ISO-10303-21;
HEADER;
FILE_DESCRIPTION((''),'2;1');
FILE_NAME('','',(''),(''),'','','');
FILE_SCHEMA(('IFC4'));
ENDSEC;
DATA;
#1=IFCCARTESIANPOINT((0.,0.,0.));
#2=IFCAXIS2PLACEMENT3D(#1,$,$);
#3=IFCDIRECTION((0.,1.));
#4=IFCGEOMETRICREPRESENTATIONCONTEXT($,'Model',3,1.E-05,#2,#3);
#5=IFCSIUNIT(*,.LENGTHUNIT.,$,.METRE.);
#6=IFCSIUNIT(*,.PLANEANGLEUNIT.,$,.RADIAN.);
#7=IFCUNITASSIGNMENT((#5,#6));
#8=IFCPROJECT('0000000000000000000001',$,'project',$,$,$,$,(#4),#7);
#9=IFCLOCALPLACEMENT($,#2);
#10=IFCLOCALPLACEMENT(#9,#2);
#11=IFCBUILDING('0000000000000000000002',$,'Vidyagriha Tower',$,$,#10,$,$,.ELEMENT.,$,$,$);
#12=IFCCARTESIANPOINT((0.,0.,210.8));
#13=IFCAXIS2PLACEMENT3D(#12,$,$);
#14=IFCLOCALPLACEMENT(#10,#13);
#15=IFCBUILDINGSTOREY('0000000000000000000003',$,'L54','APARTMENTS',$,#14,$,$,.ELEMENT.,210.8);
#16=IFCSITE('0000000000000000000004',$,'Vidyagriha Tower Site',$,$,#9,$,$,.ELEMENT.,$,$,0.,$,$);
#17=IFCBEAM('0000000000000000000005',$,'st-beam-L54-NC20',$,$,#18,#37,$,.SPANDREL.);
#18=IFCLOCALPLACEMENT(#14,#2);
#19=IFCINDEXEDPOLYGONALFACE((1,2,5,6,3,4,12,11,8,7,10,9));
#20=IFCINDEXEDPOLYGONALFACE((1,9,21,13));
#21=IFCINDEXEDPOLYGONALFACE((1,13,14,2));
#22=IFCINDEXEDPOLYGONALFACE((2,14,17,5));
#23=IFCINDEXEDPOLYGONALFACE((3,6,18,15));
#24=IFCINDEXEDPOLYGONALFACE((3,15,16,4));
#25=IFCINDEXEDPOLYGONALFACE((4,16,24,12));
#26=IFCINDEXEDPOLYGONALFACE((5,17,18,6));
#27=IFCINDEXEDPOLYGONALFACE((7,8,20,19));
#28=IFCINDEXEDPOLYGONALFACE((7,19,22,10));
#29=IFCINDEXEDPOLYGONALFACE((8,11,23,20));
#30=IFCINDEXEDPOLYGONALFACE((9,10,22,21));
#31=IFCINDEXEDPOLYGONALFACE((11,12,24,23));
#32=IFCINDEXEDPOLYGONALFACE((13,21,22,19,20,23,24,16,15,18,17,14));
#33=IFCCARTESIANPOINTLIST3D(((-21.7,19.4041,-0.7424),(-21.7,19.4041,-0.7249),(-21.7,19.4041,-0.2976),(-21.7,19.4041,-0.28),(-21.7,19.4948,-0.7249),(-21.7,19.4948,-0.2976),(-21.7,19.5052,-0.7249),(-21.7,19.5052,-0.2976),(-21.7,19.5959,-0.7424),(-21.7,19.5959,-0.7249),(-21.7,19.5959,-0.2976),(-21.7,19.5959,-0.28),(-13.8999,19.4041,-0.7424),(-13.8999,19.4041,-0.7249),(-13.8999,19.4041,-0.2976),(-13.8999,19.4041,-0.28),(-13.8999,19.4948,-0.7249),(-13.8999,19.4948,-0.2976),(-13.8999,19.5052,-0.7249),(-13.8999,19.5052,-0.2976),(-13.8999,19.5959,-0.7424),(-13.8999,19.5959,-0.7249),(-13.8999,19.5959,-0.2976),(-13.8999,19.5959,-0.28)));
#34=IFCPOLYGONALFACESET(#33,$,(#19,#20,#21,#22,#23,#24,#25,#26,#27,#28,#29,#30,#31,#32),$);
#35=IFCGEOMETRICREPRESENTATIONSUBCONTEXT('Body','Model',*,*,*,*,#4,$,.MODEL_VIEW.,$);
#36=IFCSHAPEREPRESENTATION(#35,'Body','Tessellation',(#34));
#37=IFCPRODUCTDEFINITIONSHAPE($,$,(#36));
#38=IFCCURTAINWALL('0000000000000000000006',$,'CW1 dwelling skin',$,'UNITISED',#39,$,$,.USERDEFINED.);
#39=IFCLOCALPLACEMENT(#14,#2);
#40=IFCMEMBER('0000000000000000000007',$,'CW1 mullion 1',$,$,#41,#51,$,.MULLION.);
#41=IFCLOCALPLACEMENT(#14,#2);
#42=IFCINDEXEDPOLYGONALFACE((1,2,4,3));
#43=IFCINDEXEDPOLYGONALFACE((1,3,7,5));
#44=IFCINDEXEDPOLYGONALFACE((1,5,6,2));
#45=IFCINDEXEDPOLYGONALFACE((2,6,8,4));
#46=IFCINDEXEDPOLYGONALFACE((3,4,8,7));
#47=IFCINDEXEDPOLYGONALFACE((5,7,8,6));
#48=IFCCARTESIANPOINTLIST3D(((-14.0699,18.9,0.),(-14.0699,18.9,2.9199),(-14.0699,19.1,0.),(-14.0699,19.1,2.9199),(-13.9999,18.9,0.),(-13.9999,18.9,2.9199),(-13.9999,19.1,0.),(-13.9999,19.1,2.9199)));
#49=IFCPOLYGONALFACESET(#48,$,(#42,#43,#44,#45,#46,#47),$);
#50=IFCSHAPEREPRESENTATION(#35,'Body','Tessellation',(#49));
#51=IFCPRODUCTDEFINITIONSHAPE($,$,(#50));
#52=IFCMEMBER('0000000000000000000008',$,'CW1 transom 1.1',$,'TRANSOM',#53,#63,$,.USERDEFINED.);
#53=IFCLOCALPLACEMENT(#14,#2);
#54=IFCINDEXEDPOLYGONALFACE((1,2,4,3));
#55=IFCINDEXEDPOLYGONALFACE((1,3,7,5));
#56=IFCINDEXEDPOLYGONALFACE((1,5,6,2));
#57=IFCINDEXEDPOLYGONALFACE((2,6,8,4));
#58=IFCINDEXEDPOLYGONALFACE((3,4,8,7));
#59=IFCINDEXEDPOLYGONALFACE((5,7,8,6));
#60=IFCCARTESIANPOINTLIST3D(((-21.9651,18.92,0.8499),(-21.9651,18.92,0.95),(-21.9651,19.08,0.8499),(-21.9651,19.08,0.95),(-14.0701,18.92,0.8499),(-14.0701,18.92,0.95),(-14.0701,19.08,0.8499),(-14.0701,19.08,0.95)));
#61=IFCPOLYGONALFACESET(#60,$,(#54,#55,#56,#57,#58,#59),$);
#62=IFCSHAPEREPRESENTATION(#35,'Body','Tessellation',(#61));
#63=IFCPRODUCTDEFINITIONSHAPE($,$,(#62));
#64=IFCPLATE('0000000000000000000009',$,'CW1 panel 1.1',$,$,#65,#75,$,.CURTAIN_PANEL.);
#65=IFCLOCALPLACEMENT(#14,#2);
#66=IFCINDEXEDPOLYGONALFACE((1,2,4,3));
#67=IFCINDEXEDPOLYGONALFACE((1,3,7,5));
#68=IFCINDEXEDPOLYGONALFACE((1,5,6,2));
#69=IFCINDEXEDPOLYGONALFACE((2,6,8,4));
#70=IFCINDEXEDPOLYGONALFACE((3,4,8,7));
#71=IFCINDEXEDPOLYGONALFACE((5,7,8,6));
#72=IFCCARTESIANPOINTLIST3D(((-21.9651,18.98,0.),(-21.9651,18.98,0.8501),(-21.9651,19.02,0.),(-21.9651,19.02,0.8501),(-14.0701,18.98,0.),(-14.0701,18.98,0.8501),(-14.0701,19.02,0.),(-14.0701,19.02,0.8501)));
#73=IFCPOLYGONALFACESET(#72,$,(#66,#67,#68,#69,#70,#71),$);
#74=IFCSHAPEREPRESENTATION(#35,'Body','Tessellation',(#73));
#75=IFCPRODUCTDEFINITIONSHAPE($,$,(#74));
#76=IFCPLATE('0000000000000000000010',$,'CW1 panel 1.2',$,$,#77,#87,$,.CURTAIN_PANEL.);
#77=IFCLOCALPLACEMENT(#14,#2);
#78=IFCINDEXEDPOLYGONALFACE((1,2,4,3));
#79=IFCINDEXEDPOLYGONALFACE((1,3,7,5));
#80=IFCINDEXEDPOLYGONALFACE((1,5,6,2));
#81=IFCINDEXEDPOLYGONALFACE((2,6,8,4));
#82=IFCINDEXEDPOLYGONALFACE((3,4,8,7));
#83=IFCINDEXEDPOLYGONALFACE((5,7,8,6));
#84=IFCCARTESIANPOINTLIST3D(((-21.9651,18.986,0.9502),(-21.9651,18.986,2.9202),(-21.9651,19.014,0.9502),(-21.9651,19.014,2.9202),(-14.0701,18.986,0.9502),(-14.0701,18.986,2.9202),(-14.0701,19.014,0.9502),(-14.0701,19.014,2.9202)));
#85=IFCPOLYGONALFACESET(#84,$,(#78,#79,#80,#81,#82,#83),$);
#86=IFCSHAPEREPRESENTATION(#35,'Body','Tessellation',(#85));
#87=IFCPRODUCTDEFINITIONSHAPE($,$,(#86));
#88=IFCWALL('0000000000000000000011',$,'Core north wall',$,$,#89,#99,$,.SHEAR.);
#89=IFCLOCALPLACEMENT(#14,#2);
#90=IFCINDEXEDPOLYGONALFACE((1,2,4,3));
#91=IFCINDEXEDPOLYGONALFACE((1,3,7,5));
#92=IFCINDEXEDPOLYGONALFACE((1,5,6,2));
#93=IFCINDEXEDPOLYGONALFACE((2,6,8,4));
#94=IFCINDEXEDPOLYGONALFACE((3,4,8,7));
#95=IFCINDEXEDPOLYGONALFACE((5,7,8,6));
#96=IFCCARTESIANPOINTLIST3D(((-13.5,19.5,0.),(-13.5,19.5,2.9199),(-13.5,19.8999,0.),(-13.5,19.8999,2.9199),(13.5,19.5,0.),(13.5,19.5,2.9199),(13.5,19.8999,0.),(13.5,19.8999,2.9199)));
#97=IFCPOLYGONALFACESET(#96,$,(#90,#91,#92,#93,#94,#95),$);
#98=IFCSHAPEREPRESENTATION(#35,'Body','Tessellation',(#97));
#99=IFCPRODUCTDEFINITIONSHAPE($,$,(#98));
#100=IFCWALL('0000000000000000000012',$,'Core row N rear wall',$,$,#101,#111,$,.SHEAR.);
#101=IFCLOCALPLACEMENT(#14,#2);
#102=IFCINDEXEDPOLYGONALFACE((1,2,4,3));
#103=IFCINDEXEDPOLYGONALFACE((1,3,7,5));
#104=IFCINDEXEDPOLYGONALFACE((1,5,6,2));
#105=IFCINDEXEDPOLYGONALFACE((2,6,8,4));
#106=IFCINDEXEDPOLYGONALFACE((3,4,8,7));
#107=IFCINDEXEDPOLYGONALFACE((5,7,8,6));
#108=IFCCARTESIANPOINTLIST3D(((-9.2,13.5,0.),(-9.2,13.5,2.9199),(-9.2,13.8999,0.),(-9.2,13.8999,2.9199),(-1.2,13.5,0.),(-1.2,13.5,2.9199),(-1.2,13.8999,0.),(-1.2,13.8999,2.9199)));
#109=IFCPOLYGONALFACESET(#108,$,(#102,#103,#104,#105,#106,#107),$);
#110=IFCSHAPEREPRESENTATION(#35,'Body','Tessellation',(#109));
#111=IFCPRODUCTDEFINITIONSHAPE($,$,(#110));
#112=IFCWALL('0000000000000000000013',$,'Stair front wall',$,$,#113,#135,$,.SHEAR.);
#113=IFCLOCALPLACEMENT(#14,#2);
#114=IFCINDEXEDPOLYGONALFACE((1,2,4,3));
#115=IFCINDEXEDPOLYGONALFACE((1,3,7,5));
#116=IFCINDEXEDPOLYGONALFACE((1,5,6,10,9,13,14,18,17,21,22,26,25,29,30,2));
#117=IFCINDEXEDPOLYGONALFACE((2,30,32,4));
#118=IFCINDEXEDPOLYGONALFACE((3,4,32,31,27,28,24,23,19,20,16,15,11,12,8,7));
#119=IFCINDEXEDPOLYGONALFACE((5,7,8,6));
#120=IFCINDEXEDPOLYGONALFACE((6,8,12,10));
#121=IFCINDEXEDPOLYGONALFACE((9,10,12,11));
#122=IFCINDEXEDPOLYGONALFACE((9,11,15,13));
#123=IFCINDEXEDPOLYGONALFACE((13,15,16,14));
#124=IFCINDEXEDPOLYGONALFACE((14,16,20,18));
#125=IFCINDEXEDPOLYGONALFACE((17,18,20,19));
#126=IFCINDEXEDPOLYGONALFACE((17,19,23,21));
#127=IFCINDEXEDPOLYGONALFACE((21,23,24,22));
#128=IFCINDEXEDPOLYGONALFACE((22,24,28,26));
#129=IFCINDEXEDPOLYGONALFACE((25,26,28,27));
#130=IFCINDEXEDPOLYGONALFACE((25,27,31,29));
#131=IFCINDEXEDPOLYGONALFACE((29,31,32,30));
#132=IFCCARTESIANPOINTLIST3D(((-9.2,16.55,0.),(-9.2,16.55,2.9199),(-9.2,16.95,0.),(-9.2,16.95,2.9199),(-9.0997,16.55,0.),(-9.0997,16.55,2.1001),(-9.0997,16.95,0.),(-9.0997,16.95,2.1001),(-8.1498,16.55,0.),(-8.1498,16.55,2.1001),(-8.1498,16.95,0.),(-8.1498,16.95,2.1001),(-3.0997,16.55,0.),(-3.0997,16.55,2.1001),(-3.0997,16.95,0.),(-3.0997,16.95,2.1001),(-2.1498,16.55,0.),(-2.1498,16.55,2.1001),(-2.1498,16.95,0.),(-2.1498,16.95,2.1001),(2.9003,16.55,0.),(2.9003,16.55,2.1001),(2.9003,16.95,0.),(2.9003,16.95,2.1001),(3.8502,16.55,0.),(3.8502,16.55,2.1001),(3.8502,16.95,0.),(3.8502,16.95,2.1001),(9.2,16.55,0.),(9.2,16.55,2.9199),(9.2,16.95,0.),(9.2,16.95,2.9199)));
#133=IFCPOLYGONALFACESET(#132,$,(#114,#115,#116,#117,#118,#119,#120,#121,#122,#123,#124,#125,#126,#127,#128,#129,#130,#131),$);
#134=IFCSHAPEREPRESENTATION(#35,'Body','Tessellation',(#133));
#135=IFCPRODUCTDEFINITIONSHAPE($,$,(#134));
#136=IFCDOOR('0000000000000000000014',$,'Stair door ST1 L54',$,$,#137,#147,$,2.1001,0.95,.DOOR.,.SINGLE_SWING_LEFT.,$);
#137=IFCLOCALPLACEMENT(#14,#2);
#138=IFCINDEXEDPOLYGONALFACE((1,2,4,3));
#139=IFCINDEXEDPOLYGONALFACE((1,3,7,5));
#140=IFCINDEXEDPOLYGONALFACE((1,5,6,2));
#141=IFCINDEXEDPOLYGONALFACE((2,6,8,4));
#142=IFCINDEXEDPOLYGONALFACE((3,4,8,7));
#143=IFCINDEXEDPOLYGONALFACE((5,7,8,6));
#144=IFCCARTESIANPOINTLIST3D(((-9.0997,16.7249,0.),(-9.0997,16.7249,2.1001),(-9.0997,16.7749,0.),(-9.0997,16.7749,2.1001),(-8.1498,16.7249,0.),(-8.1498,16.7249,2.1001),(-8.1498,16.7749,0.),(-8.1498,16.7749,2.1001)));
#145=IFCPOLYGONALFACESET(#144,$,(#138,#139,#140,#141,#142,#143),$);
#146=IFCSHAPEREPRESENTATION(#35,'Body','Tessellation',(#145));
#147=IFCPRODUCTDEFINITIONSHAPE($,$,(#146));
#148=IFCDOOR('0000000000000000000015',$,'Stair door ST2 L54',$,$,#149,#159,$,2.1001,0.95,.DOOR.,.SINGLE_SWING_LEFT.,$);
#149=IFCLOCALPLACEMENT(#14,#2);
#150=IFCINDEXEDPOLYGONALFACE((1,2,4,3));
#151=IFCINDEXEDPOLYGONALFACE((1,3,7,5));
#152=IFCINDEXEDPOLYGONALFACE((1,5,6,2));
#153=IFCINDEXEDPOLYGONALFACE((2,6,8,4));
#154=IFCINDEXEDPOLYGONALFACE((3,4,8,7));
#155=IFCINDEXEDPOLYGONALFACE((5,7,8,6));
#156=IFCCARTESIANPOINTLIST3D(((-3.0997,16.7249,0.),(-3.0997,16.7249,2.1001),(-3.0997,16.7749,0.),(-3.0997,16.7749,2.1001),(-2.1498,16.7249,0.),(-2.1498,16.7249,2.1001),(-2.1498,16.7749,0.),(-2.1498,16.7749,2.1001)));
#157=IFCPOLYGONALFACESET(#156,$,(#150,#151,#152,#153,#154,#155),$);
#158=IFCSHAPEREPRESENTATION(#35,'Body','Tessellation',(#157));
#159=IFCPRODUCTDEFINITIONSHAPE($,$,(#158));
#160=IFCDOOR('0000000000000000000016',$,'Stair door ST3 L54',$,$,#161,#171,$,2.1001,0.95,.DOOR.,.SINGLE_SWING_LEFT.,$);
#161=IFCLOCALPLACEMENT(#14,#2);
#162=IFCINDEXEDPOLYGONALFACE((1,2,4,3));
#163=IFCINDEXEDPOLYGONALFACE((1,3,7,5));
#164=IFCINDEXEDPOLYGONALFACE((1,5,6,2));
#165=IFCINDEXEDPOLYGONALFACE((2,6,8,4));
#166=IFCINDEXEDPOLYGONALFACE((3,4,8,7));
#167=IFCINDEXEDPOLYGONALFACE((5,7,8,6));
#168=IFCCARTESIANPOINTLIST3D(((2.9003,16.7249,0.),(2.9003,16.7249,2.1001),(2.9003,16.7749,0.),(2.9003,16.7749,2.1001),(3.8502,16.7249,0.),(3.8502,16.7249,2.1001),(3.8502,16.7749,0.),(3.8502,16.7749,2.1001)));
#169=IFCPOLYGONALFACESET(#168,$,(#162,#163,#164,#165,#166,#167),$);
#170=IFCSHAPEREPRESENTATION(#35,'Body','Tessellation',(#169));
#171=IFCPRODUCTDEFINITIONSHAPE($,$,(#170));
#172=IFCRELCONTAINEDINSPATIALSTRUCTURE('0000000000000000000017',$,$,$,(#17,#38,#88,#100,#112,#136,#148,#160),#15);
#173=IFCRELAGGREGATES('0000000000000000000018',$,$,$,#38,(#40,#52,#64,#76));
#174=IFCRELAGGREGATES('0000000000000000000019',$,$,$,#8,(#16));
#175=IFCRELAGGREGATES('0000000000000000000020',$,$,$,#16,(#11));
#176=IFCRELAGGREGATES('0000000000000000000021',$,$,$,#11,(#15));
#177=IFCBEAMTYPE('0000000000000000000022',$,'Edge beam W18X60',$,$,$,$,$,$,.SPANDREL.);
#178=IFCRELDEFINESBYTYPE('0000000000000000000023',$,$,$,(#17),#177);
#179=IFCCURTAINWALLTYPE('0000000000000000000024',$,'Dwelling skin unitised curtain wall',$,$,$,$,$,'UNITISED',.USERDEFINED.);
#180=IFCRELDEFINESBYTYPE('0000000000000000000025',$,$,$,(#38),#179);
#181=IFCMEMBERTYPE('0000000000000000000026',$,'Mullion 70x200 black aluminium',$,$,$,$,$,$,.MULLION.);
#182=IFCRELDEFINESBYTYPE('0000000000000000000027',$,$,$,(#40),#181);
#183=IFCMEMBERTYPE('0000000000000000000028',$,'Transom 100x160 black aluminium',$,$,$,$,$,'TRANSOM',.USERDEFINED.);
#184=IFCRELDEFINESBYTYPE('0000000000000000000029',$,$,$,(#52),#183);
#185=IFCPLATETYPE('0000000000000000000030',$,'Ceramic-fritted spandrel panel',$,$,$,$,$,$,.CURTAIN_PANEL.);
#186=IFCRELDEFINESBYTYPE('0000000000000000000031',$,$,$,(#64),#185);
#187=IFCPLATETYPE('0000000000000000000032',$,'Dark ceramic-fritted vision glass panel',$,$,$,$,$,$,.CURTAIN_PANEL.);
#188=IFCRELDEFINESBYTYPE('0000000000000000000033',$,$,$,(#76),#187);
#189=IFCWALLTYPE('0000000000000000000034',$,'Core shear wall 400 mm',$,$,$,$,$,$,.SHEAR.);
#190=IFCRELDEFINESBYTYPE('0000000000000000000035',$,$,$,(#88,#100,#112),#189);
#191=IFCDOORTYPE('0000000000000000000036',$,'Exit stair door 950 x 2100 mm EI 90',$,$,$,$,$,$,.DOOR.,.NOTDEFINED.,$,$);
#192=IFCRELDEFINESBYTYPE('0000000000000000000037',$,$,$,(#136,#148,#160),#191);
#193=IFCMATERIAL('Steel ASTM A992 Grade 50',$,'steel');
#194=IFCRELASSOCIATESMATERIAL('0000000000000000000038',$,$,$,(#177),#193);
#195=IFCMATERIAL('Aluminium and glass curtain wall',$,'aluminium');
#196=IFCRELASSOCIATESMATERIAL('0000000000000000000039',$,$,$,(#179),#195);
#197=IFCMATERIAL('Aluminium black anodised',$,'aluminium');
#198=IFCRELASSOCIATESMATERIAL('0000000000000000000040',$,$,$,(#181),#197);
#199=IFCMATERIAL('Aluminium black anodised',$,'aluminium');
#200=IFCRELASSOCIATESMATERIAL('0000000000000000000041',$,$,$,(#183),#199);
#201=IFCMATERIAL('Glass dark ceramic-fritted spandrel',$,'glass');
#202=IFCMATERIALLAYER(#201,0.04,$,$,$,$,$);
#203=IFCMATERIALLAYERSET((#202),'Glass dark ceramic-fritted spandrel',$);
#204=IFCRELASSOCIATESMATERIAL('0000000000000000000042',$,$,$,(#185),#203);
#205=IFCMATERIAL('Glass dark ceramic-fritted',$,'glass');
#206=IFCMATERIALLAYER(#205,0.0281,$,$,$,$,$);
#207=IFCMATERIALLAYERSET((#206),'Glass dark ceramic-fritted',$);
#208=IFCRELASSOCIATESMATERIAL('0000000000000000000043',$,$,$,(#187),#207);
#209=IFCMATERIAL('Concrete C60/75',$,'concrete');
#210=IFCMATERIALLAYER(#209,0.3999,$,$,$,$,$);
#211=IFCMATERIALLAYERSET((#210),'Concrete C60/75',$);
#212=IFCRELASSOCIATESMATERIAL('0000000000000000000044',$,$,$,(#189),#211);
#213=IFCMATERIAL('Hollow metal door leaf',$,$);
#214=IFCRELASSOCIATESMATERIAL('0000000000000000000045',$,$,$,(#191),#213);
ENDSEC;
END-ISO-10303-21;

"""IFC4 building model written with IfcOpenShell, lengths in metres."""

from ifc_helpers import new_model, si_unit, direction, frame, frame_2d, origin, origin_2d, place, context, subcontext, project, spatial, rectangle, i_section, extrude, material, layer, layer_set, material_profile, profile_set, type_object, element, fill, aggregate, save


model = new_model("IFC4")

# Units and contexts
model_context = context("Model", 3, precision=1e-05, world=origin(), true_north=direction((0.0, 1.0)))
body_context = subcontext(model_context, "Body", "Model", "MODEL_VIEW")
ifc_project = project(units=[si_unit("LENGTHUNIT", "METRE"), si_unit("PLANEANGLEUNIT", "RADIAN")], contexts=[model_context])

# Site, building, storey
site_placement = place(None, origin())
site = spatial("IfcSite", under=ifc_project, at=site_placement, Name="Vidyagriha Tower Site", CompositionType="ELEMENT", RefElevation=0.0)
building_placement = place(site_placement, origin())
building = spatial("IfcBuilding", under=site, at=building_placement, Name="Vidyagriha Tower", CompositionType="ELEMENT")
storey_placement = place(building_placement, frame((0.0, 0.0, 210.8)))
storey = spatial("IfcBuildingStorey", under=building, at=storey_placement, Name="L54", Description="APARTMENTS", CompositionType="ELEMENT", Elevation=210.8)

# Beam
ifc_material_1 = material(Name="Steel ASTM A992 Grade 50", Category="steel")
ifc_material_profile_1 = material_profile(ifc_material_1, i_section(OverallWidth=0.1919, OverallDepth=0.4624, WebThickness=0.0105, FlangeThickness=0.0176, at=origin_2d()), Name="W18X60")
ifc_profile_set_1 = profile_set([ifc_material_profile_1], Name="Steel ASTM A992 Grade 50")
beam_type = type_object("IfcBeamType", Name="Edge beam W18X60", PredefinedType="SPANDREL", material=ifc_profile_set_1)
beam_placement = place(storey_placement, frame((-21.7, 19.5, -0.5112), z_axis=(1.0, 0.0, 0.0), x_axis=(0.0, 1.0, 0.0)))
element("IfcBeam", 1, at=beam_placement, inside=storey, type_object=beam_type, Name="st-beam-L54-NC20", PredefinedType="SPANDREL", context=body_context, shape_type="SweptSolid", body=[
    extrude(i_section(OverallWidth=0.1919, OverallDepth=0.4624, WebThickness=0.0105, FlangeThickness=0.0176, at=origin_2d()), origin(), (0.0, 0.0, 1.0), 7.8),
])

# Curtain wall, members, plates
ifc_material_2 = material(Name="Aluminium and glass curtain wall", Category="aluminium")
curtain_wall_type = type_object("IfcCurtainWallType", Name="Dwelling skin unitised curtain wall", ElementType="UNITISED", PredefinedType="USERDEFINED", material=ifc_material_2)
curtain_wall_placement = place(storey_placement, origin())
curtain_wall = element("IfcCurtainWall", 2, at=curtain_wall_placement, inside=storey, type_object=curtain_wall_type, Name="CW1 dwelling skin", ObjectType="UNITISED", PredefinedType="USERDEFINED")
ifc_material_3 = material(Name="Aluminium black anodised", Category="aluminium")
ifc_material_profile_2 = material_profile(ifc_material_3, rectangle(XDim=0.2, YDim=0.0701, at=origin_2d()), Name="Mullion 70x200 black aluminium")
ifc_profile_set_2 = profile_set([ifc_material_profile_2], Name="Aluminium black anodised")
member_type_1 = type_object("IfcMemberType", Name="Mullion 70x200 black aluminium", PredefinedType="MULLION", material=ifc_profile_set_2)
member_1_placement = place(storey_placement, frame((-14.0349, 19.0, 0.0), z_axis=(0.0, 0.0, 1.0), x_axis=(0.0, -1.0, 0.0)))
member_1 = element("IfcMember", 3, at=member_1_placement, type_object=member_type_1, Name="CW1 mullion 1", PredefinedType="MULLION", context=body_context, shape_type="SweptSolid", body=[
    extrude(rectangle(XDim=0.2, YDim=0.0701, at=origin_2d()), origin(), (0.0, 0.0, 1.0), 2.9199),
])
ifc_material_4 = material(Name="Aluminium black anodised", Category="aluminium")
ifc_material_profile_3 = material_profile(ifc_material_4, rectangle(XDim=0.1599, YDim=0.1001, at=origin_2d()), Name="Transom 100x160 black aluminium")
ifc_profile_set_3 = profile_set([ifc_material_profile_3], Name="Aluminium black anodised")
member_type_2 = type_object("IfcMemberType", Name="Transom 100x160 black aluminium", ElementType="TRANSOM", PredefinedType="USERDEFINED", material=ifc_profile_set_3)
member_2_placement = place(storey_placement, frame((-14.0701, 19.0, 0.8999), z_axis=(-1.0, 0.0, 0.0), x_axis=(0.0, -1.0, 0.0)))
member_2 = element("IfcMember", 4, at=member_2_placement, type_object=member_type_2, Name="CW1 transom 1.1", ObjectType="TRANSOM", PredefinedType="USERDEFINED", context=body_context, shape_type="SweptSolid", body=[
    extrude(rectangle(XDim=0.1599, YDim=0.1001, at=origin_2d()), origin(), (0.0, 0.0, 1.0), 7.895),
])
ifc_material_5 = material(Name="Glass dark ceramic-fritted spandrel", Category="glass")
ifc_layer_1 = layer(ifc_material_5, 0.04)
ifc_layer_set_1 = layer_set([ifc_layer_1], Name="Glass dark ceramic-fritted spandrel")
plate_type_1 = type_object("IfcPlateType", Name="Ceramic-fritted spandrel panel", PredefinedType="CURTAIN_PANEL", material=ifc_layer_set_1)
plate_1_placement = place(storey_placement, frame((-18.0176, 19.0, 0.0), z_axis=(0.0, 0.0, 1.0), x_axis=(-1.0, 0.0, 0.0)))
plate_1 = element("IfcPlate", 5, at=plate_1_placement, type_object=plate_type_1, Name="CW1 panel 1.1", PredefinedType="CURTAIN_PANEL", context=body_context, shape_type="SweptSolid", body=[
    extrude(rectangle(XDim=7.895, YDim=0.04, at=origin_2d()), origin(), (0.0, 0.0, 1.0), 0.8501),
])
ifc_material_6 = material(Name="Glass dark ceramic-fritted", Category="glass")
ifc_layer_2 = layer(ifc_material_6, 0.0281)
ifc_layer_set_2 = layer_set([ifc_layer_2], Name="Glass dark ceramic-fritted")
plate_type_2 = type_object("IfcPlateType", Name="Dark ceramic-fritted vision glass panel", PredefinedType="CURTAIN_PANEL", material=ifc_layer_set_2)
plate_2_placement = place(storey_placement, frame((-18.0176, 19.0, 0.9502), z_axis=(0.0, 0.0, 1.0), x_axis=(-1.0, 0.0, 0.0)))
plate_2 = element("IfcPlate", 6, at=plate_2_placement, type_object=plate_type_2, Name="CW1 panel 1.2", PredefinedType="CURTAIN_PANEL", context=body_context, shape_type="SweptSolid", body=[
    extrude(rectangle(XDim=7.895, YDim=0.0281, at=origin_2d()), origin(), (0.0, 0.0, 1.0), 1.97),
])
aggregate(curtain_wall, [member_1, member_2, plate_1, plate_2])

# Walls
ifc_material_7 = material(Name="Concrete C60/75", Category="concrete")
ifc_layer_3 = layer(ifc_material_7, 0.3999)
ifc_layer_set_3 = layer_set([ifc_layer_3], Name="Concrete C60/75")
wall_type = type_object("IfcWallType", Name="Core shear wall 400 mm", PredefinedType="SHEAR", material=ifc_layer_set_3)
wall_1_placement = place(storey_placement, frame((-13.5, 19.7, 0.0)))
element("IfcWall", 7, at=wall_1_placement, inside=storey, type_object=wall_type, Name="Core north wall", PredefinedType="SHEAR", context=body_context, shape_type="SweptSolid", body=[
    extrude(rectangle(XDim=27.0, YDim=0.3999, at=frame_2d((13.5, 0.0))), origin(), (0.0, 0.0, 1.0), 2.9199),
])
wall_2_placement = place(storey_placement, frame((-9.2, 13.7, 0.0)))
element("IfcWall", 8, at=wall_2_placement, inside=storey, type_object=wall_type, Name="Core row N rear wall", PredefinedType="SHEAR", context=body_context, shape_type="SweptSolid", body=[
    extrude(rectangle(XDim=8.0, YDim=0.3999, at=frame_2d((4.0, 0.0))), origin(), (0.0, 0.0, 1.0), 2.9199),
])

# Wall, openings, doors
wall_3_placement = place(storey_placement, frame((-9.2, 16.75, 0.0)))
wall_3 = element("IfcWall", 9, at=wall_3_placement, inside=storey, type_object=wall_type, Name="Stair front wall", PredefinedType="SHEAR", context=body_context, shape_type="SweptSolid", body=[
    extrude(rectangle(XDim=18.3999, YDim=0.3999, at=frame_2d((9.2, 0.0))), origin(), (0.0, 0.0, 1.0), 2.9199),
])
opening_1_placement = place(wall_3_placement, frame((0.1001, 0.0, 0.0)))
opening_1 = element("IfcOpeningElement", 10, at=opening_1_placement, cuts=wall_3, PredefinedType="OPENING", context=body_context, shape_type="SweptSolid", body=[
    extrude(rectangle(XDim=0.95, YDim=2.1001, at=frame_2d((0.4751, 1.05))), frame((0.0, 0.21, 0.0), z_axis=(0.0, -1.0, 0.0), x_axis=(1.0, 0.0, 0.0)), (0.0, 0.0, 1.0), 0.4199),
])
opening_2_placement = place(wall_3_placement, frame((6.1001, 0.0, 0.0)))
opening_2 = element("IfcOpeningElement", 11, at=opening_2_placement, cuts=wall_3, PredefinedType="OPENING", context=body_context, shape_type="SweptSolid", body=[
    extrude(rectangle(XDim=0.95, YDim=2.1001, at=frame_2d((0.4751, 1.05))), frame((0.0, 0.21, 0.0), z_axis=(0.0, -1.0, 0.0), x_axis=(1.0, 0.0, 0.0)), (0.0, 0.0, 1.0), 0.4199),
])
opening_3_placement = place(wall_3_placement, frame((12.1001, 0.0, 0.0)))
opening_3 = element("IfcOpeningElement", 12, at=opening_3_placement, cuts=wall_3, PredefinedType="OPENING", context=body_context, shape_type="SweptSolid", body=[
    extrude(rectangle(XDim=0.95, YDim=2.1001, at=frame_2d((0.4751, 1.05))), frame((0.0, 0.21, 0.0), z_axis=(0.0, -1.0, 0.0), x_axis=(1.0, 0.0, 0.0)), (0.0, 0.0, 1.0), 0.4199),
])
ifc_material_8 = material(Name="Hollow metal door leaf")
door_type = type_object("IfcDoorType", Name="Exit stair door 950 x 2100 mm EI 90", OperationType="NOTDEFINED", PredefinedType="DOOR", material=ifc_material_8)
door_1_placement = place(opening_1_placement, origin())
door_1 = element("IfcDoor", 13, at=door_1_placement, inside=storey, type_object=door_type, Name="Stair door ST1 L54", OperationType="SINGLE_SWING_LEFT", OverallHeight=2.1001, OverallWidth=0.95, PredefinedType="DOOR", context=body_context, shape_type="SweptSolid", body=[
    extrude(rectangle(XDim=0.95, YDim=2.1001, at=frame_2d((0.4751, 1.05))), frame((0.0, 0.0249, 0.0), z_axis=(0.0, -1.0, 0.0), x_axis=(1.0, 0.0, 0.0)), (0.0, 0.0, 1.0), 0.05),
])
fill(opening_1, door_1)
door_2_placement = place(opening_2_placement, origin())
door_2 = element("IfcDoor", 14, at=door_2_placement, inside=storey, type_object=door_type, Name="Stair door ST2 L54", OperationType="SINGLE_SWING_LEFT", OverallHeight=2.1001, OverallWidth=0.95, PredefinedType="DOOR", context=body_context, shape_type="SweptSolid", body=[
    extrude(rectangle(XDim=0.95, YDim=2.1001, at=frame_2d((0.4751, 1.05))), frame((0.0, 0.0249, 0.0), z_axis=(0.0, -1.0, 0.0), x_axis=(1.0, 0.0, 0.0)), (0.0, 0.0, 1.0), 0.05),
])
fill(opening_2, door_2)
door_3_placement = place(opening_3_placement, origin())
door_3 = element("IfcDoor", 15, at=door_3_placement, inside=storey, type_object=door_type, Name="Stair door ST3 L54", OperationType="SINGLE_SWING_LEFT", OverallHeight=2.1001, OverallWidth=0.95, PredefinedType="DOOR", context=body_context, shape_type="SweptSolid", body=[
    extrude(rectangle(XDim=0.95, YDim=2.1001, at=frame_2d((0.4751, 1.05))), frame((0.0, 0.0249, 0.0), z_axis=(0.0, -1.0, 0.0), x_axis=(1.0, 0.0, 0.0)), (0.0, 0.0, 1.0), 0.05),
])
fill(opening_3, door_3)

save(model, "model.ifc")
